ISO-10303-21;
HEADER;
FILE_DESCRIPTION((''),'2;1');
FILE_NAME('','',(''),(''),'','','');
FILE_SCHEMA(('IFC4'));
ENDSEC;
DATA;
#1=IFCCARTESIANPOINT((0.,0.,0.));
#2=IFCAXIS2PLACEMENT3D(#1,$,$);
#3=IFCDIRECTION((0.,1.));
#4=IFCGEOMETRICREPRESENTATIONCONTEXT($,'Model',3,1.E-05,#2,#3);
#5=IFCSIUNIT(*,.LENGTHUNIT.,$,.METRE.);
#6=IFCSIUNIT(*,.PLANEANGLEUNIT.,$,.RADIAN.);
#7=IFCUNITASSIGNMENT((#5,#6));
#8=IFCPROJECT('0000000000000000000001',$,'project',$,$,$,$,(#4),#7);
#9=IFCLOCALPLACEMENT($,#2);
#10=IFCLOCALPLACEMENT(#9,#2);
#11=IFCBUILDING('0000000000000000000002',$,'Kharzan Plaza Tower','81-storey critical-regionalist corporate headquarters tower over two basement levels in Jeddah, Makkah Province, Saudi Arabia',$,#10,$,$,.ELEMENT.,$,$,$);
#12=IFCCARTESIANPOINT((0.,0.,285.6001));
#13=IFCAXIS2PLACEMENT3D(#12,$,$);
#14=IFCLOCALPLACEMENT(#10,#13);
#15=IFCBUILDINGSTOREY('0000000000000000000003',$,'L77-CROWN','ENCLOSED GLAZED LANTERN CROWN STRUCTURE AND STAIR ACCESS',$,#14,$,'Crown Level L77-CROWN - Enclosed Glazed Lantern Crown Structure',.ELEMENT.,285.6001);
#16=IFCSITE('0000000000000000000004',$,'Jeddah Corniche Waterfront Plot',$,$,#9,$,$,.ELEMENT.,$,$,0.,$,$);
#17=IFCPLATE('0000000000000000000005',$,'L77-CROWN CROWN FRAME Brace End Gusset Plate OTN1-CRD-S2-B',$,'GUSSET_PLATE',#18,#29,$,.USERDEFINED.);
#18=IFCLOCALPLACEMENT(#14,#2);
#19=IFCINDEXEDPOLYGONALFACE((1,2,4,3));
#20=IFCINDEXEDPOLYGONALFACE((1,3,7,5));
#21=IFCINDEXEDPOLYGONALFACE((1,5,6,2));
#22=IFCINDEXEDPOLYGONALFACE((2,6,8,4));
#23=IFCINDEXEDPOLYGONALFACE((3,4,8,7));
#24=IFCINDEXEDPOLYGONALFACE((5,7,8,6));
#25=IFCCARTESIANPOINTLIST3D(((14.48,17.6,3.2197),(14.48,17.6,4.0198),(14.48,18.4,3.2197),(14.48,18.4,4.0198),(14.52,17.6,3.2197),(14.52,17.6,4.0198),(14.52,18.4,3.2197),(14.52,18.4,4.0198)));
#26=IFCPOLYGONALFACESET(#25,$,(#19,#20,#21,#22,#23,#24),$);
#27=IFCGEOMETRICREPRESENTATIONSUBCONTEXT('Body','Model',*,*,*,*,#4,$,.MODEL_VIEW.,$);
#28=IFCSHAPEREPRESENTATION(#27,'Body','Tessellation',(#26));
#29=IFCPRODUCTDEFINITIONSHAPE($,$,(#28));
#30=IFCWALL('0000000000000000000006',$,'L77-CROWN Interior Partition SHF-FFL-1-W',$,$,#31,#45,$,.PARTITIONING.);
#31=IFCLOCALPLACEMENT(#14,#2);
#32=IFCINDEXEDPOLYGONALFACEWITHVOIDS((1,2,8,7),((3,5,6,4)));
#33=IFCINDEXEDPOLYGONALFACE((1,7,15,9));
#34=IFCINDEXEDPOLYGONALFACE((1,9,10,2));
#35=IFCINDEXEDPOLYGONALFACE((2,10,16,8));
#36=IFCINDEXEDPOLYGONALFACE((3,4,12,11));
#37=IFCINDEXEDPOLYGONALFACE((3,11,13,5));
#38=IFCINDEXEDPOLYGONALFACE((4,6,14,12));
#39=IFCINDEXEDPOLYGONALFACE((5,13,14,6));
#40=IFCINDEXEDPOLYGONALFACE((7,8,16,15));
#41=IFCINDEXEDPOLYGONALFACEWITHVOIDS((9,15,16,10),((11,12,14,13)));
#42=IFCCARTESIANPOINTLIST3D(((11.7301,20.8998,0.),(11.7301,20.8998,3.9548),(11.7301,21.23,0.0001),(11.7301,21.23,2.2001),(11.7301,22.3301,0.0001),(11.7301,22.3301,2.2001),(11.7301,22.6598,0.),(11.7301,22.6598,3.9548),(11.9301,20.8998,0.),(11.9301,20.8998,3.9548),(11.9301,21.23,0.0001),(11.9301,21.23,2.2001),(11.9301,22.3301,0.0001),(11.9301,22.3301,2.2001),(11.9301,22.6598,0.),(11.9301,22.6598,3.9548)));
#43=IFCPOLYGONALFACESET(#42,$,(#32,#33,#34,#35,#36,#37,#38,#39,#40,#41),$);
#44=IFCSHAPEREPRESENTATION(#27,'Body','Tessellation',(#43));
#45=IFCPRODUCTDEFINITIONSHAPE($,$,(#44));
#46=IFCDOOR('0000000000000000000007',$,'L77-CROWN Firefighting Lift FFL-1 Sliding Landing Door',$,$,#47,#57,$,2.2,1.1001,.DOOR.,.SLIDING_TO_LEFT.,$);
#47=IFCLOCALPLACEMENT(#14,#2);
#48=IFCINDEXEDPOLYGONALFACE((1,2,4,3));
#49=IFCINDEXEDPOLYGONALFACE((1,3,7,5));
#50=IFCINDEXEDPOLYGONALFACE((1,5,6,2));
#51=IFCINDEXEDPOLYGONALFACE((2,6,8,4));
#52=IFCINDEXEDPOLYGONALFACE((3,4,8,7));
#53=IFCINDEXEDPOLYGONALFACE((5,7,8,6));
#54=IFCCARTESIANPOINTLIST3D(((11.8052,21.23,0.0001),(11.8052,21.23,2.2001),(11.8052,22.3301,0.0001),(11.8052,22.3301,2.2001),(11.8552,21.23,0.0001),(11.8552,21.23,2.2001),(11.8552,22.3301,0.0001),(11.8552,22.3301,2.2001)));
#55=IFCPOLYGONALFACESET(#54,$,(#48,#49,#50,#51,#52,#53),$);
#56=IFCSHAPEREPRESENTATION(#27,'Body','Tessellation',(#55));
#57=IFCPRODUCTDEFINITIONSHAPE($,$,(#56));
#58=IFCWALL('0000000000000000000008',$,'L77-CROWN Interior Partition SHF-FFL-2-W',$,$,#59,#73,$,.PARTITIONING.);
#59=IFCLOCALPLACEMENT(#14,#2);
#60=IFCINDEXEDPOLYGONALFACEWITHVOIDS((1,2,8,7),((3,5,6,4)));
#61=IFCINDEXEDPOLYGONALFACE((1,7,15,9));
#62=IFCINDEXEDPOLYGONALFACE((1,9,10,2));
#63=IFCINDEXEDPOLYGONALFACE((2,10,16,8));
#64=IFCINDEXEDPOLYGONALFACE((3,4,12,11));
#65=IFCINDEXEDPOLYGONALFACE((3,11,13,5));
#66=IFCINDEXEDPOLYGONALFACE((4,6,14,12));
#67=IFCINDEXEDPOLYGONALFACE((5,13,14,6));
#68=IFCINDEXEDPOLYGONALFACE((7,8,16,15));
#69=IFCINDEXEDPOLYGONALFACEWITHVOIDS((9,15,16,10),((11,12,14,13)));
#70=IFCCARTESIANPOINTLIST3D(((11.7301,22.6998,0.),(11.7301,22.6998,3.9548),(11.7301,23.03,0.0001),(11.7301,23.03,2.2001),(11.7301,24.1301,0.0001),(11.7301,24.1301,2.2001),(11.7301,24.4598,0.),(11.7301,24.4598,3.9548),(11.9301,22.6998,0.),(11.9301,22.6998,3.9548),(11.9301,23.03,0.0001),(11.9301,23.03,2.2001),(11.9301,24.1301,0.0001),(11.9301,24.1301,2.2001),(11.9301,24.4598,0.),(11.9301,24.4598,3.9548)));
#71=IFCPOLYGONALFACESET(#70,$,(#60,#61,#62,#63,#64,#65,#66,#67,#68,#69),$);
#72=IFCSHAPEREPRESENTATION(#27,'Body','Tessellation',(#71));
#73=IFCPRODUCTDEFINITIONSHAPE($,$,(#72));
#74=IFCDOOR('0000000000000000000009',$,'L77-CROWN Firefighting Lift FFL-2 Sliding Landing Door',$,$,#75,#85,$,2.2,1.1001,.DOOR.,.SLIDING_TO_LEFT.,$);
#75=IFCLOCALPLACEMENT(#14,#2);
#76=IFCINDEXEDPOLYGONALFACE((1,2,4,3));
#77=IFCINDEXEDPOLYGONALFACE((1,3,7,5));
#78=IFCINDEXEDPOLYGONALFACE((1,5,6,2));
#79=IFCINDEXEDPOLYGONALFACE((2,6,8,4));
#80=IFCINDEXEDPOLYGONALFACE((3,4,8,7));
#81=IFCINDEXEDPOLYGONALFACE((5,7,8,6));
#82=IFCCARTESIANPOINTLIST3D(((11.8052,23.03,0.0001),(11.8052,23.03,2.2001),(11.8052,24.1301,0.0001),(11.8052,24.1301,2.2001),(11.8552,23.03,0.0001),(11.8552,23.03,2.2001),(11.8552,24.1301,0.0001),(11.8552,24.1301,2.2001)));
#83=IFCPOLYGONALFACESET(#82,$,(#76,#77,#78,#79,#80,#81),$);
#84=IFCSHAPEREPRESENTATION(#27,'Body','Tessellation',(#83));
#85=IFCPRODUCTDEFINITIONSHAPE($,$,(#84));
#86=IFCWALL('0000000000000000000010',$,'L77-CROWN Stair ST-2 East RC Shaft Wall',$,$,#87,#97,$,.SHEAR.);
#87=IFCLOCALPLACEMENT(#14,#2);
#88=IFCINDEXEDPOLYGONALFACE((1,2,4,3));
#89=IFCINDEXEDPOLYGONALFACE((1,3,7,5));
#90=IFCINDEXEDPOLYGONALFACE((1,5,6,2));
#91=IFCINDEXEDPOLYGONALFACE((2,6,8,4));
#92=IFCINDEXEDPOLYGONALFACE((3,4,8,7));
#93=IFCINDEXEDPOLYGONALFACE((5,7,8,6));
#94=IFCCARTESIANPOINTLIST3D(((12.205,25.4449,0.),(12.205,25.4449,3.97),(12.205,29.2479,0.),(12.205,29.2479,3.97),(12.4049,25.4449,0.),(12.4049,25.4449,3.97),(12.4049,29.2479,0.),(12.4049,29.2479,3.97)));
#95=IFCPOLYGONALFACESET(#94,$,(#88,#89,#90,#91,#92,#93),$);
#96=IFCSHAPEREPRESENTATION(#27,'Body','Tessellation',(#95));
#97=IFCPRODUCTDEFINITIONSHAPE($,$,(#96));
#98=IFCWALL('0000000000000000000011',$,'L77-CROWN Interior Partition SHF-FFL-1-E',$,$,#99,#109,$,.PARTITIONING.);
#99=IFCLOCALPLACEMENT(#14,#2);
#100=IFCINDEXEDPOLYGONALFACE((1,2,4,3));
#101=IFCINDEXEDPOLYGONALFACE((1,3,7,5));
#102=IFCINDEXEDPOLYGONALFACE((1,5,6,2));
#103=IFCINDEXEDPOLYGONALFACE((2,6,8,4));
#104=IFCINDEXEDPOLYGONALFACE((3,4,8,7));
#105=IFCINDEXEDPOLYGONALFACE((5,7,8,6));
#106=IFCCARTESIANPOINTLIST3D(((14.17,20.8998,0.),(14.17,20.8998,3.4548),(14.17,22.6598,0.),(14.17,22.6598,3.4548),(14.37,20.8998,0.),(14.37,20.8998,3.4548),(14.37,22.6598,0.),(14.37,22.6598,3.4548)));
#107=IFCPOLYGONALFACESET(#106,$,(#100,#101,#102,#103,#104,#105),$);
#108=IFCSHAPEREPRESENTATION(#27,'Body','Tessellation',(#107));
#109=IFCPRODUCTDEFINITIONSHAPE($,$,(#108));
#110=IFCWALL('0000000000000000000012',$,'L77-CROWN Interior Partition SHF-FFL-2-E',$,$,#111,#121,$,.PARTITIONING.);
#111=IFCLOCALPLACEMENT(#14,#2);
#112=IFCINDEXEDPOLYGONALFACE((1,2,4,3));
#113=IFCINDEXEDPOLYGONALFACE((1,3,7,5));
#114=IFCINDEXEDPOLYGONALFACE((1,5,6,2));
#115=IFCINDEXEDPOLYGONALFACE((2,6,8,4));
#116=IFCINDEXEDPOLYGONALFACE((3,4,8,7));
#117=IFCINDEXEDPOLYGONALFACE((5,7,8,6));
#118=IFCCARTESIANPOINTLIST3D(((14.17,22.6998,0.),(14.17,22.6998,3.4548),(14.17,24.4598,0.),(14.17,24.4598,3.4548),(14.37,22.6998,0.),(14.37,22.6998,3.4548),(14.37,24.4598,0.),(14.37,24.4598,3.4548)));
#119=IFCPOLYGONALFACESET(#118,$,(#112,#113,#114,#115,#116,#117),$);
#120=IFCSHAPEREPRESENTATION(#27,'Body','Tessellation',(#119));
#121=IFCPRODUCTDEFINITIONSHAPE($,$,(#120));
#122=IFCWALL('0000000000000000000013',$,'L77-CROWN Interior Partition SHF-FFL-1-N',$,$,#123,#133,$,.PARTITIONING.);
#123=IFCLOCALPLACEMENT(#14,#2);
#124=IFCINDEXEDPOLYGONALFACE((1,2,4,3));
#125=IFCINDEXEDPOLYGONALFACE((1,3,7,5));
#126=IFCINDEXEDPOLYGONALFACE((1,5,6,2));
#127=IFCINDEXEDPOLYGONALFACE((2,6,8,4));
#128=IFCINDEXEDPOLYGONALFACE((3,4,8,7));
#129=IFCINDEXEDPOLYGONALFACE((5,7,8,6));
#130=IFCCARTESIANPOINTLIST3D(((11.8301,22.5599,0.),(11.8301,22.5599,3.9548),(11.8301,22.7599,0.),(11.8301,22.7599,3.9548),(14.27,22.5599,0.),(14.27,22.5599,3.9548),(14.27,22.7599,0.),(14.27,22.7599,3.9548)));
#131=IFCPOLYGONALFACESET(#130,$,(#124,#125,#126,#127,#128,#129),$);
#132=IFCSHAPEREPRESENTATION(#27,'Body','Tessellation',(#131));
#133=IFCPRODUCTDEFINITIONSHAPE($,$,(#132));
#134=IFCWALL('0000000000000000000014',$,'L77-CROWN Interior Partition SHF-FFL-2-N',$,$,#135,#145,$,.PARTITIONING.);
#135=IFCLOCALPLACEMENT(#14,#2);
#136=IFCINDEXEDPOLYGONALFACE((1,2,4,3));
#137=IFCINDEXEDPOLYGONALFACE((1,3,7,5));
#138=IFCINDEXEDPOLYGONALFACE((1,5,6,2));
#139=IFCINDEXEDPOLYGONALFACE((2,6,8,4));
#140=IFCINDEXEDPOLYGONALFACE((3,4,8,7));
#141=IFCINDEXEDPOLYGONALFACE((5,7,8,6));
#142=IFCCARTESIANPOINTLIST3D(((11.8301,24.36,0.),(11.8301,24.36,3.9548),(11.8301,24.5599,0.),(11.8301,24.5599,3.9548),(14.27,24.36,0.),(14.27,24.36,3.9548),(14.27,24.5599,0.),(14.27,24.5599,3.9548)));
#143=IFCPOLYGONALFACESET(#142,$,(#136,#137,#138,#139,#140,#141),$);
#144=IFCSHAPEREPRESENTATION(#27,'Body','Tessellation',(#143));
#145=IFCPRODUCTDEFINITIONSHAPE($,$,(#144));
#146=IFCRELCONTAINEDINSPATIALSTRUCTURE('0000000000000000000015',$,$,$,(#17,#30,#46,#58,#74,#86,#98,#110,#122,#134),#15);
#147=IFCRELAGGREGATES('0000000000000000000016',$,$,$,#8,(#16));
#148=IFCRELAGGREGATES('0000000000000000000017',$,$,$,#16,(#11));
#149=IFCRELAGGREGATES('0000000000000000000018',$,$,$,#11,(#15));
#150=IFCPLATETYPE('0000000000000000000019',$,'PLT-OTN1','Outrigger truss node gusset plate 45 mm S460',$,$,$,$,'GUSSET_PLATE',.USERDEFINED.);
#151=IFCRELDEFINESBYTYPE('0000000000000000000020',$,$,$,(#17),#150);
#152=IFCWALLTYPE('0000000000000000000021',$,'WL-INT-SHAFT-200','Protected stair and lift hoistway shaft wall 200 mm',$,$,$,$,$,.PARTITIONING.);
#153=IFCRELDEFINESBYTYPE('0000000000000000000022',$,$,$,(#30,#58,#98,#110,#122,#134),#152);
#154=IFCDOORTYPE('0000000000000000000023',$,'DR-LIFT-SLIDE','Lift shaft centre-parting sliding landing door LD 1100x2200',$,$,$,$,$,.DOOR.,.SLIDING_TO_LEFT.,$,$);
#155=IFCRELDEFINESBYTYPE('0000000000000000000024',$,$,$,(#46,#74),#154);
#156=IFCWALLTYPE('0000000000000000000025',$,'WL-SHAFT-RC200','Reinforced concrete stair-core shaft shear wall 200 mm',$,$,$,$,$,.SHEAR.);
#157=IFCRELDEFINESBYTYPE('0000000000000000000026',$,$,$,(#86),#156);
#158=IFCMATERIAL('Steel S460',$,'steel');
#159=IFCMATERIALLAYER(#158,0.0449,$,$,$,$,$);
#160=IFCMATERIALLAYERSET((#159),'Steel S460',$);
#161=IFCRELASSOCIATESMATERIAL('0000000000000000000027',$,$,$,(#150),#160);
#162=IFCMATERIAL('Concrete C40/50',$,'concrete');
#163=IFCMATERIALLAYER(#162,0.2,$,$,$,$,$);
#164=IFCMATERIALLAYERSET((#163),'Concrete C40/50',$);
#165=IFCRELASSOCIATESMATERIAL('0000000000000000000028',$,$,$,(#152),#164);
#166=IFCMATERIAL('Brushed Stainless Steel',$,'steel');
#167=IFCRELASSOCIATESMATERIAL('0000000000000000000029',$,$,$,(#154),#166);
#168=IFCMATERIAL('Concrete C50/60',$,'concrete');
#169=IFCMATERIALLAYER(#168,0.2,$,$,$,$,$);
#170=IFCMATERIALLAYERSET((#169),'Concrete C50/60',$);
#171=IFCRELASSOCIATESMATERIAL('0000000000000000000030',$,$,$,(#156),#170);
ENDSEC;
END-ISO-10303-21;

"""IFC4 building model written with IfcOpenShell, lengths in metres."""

from ifc_helpers import new_model, si_unit, direction, frame, frame_2d, origin, origin_2d, place, context, subcontext, project, spatial, rectangle, extrude, source, transform, mapped, material, layer, layer_set, type_object, element, fill, save


model = new_model("IFC4")

# Units and contexts
model_context = context("Model", 3, precision=1e-05, world=origin(), true_north=direction((0.0, 1.0)))
body_context = subcontext(model_context, "Body", "Model", "MODEL_VIEW")
ifc_project = project(units=[si_unit("LENGTHUNIT", "METRE"), si_unit("PLANEANGLEUNIT", "RADIAN")], contexts=[model_context])

# Site, building, storey
site_placement = place(None, origin())
site = spatial("IfcSite", under=ifc_project, at=site_placement, Name="Jeddah Corniche Waterfront Plot", CompositionType="ELEMENT", RefElevation=0.0)
building_placement = place(site_placement, origin())
building = spatial("IfcBuilding", under=site, at=building_placement, Name="Kharzan Plaza Tower", Description="81-storey critical-regionalist corporate headquarters tower over two basement levels in Jeddah, Makkah Province, Saudi Arabia", CompositionType="ELEMENT")
storey_placement = place(building_placement, frame((0.0, 0.0, 285.6001)))
storey = spatial("IfcBuildingStorey", under=building, at=storey_placement, Name="L77-CROWN", Description="ENCLOSED GLAZED LANTERN CROWN STRUCTURE AND STAIR ACCESS", LongName="Crown Level L77-CROWN - Enclosed Glazed Lantern Crown Structure", CompositionType="ELEMENT", Elevation=285.6001)

# Plate
ifc_material_1 = material(Name="Steel S460", Category="steel")
ifc_layer_1 = layer(ifc_material_1, 0.0449)
ifc_layer_set_1 = layer_set([ifc_layer_1], Name="Steel S460")
plate_type_1 = type_object("IfcPlateType", Name="PLT-OTN1", Description="Outrigger truss node gusset plate 45 mm S460", ElementType="GUSSET_PLATE", PredefinedType="USERDEFINED", material=ifc_layer_set_1)
shared_shape_1 = source(origin(), body_context, "Body", "SweptSolid", [
    extrude(rectangle(XDim=0.8, YDim=0.04, at=origin_2d()), origin(), (0.0, 0.0, 1.0), 0.8),
])
for number, where, z_axis, x_axis, name in (
    (1, (14.5, 18.0, 3.2197), (0.0, 0.0, 1.0), (0.0, 1.0, 0.0), "L77-CROWN CROWN FRAME Brace End Gusset Plate OTN1-CRD-S2-B"),
):
    element("IfcPlate", number, at=place(storey_placement, frame(where, z_axis=z_axis, x_axis=x_axis)), inside=storey, type_object=plate_type_1, Name=name, ObjectType="GUSSET_PLATE", PredefinedType="USERDEFINED", context=body_context, shape_type="MappedRepresentation", body=[
        mapped(shared_shape_1, transform((0.0, 0.0, 0.0), x_axis=(1.0, 0.0, 0.0), y_axis=(0.0, 1.0, 0.0), z_axis=(0.0, 0.0, 1.0))),
    ])

# Walls, openings, doors
ifc_material_2 = material(Name="Concrete C40/50", Category="concrete")
ifc_layer_2 = layer(ifc_material_2, 0.2)
ifc_layer_set_2 = layer_set([ifc_layer_2], Name="Concrete C40/50")
wall_type_1 = type_object("IfcWallType", Name="WL-INT-SHAFT-200", Description="Protected stair and lift hoistway shaft wall 200 mm", PredefinedType="PARTITIONING", material=ifc_layer_set_2)
wall_1_placement = place(storey_placement, frame((11.8301, 20.8999, 0.0), z_axis=(0.0, 0.0, 1.0), x_axis=(0.0, 1.0, 0.0)))
wall_1 = element("IfcWall", 2, at=wall_1_placement, inside=storey, type_object=wall_type_1, Name="L77-CROWN Interior Partition SHF-FFL-1-W", PredefinedType="PARTITIONING", context=body_context, shape_type="SweptSolid", body=[
    extrude(rectangle(XDim=1.76, YDim=0.2, at=frame_2d((0.8799, 0.0))), origin(), (0.0, 0.0, 1.0), 3.9548),
])
opening_1_placement = place(wall_1_placement, frame((0.3301, 0.0, 0.0)))
opening_1 = element("IfcOpeningElement", 3, at=opening_1_placement, cuts=wall_1, PredefinedType="OPENING", context=body_context, shape_type="SweptSolid", body=[
    extrude(rectangle(XDim=1.1001, YDim=2.2, at=frame_2d((0.55, 1.1001))), frame((0.0, 0.1099, 0.0), z_axis=(0.0, -1.0, 0.0), x_axis=(1.0, 0.0, 0.0)), (0.0, 0.0, 1.0), 0.22),
])
ifc_material_3 = material(Name="Brushed Stainless Steel", Category="steel")
door_type = type_object("IfcDoorType", Name="DR-LIFT-SLIDE", Description="Lift shaft centre-parting sliding landing door LD 1100x2200", OperationType="SLIDING_TO_LEFT", PredefinedType="DOOR", material=ifc_material_3)
shared_shape_2 = source(origin(), body_context, "Body", "SweptSolid", [
    extrude(rectangle(XDim=1.1001, YDim=2.2, at=frame_2d((0.55, 1.1001))), frame((0.0, 0.0249, 0.0), z_axis=(0.0, -1.0, 0.0), x_axis=(1.0, 0.0, 0.0)), (0.0, 0.0, 1.0), 0.05),
])
door_1_placement = place(opening_1_placement, origin())
door_1 = element("IfcDoor", 4, at=door_1_placement, inside=storey, type_object=door_type, Name="L77-CROWN Firefighting Lift FFL-1 Sliding Landing Door", OperationType="SLIDING_TO_LEFT", OverallHeight=2.2, OverallWidth=1.1001, PredefinedType="DOOR", context=body_context, shape_type="MappedRepresentation", body=[
    mapped(shared_shape_2, transform((0.0, 0.0, 0.0), x_axis=(1.0, 0.0, 0.0), y_axis=(0.0, 1.0, 0.0), z_axis=(0.0, 0.0, 1.0))),
])
fill(opening_1, door_1)
wall_2_placement = place(storey_placement, frame((11.8301, 22.7, 0.0), z_axis=(0.0, 0.0, 1.0), x_axis=(0.0, 1.0, 0.0)))
wall_2 = element("IfcWall", 5, at=wall_2_placement, inside=storey, type_object=wall_type_1, Name="L77-CROWN Interior Partition SHF-FFL-2-W", PredefinedType="PARTITIONING", context=body_context, shape_type="SweptSolid", body=[
    extrude(rectangle(XDim=1.76, YDim=0.2, at=frame_2d((0.8799, 0.0))), origin(), (0.0, 0.0, 1.0), 3.9548),
])
opening_2_placement = place(wall_2_placement, frame((0.3301, 0.0, 0.0)))
opening_2 = element("IfcOpeningElement", 6, at=opening_2_placement, cuts=wall_2, PredefinedType="OPENING", context=body_context, shape_type="SweptSolid", body=[
    extrude(rectangle(XDim=1.1001, YDim=2.2, at=frame_2d((0.55, 1.1001))), frame((0.0, 0.1099, 0.0), z_axis=(0.0, -1.0, 0.0), x_axis=(1.0, 0.0, 0.0)), (0.0, 0.0, 1.0), 0.22),
])
door_2_placement = place(opening_2_placement, origin())
door_2 = element("IfcDoor", 7, at=door_2_placement, inside=storey, type_object=door_type, Name="L77-CROWN Firefighting Lift FFL-2 Sliding Landing Door", OperationType="SLIDING_TO_LEFT", OverallHeight=2.2, OverallWidth=1.1001, PredefinedType="DOOR", context=body_context, shape_type="MappedRepresentation", body=[
    mapped(shared_shape_2, transform((0.0, 0.0, 0.0), x_axis=(1.0, 0.0, 0.0), y_axis=(0.0, 1.0, 0.0), z_axis=(0.0, 0.0, 1.0))),
])
fill(opening_2, door_2)

# Walls
ifc_material_4 = material(Name="Concrete C50/60", Category="concrete")
ifc_layer_3 = layer(ifc_material_4, 0.2)
ifc_layer_set_3 = layer_set([ifc_layer_3], Name="Concrete C50/60")
wall_type_2 = type_object("IfcWallType", Name="WL-SHAFT-RC200", Description="Reinforced concrete stair-core shaft shear wall 200 mm", PredefinedType="SHEAR", material=ifc_layer_set_3)
shared_shape_3 = source(origin(), body_context, "Body", "SweptSolid", [
    extrude(rectangle(XDim=3.803, YDim=0.2, at=frame_2d((1.9014, 0.0))), origin(), (0.0, 0.0, 1.0), 3.97),
])
wall_3_placement = place(storey_placement, frame((12.3049, 25.4451, 0.0), z_axis=(0.0, 0.0, 1.0), x_axis=(0.0, 1.0, 0.0)))
element("IfcWall", 8, at=wall_3_placement, inside=storey, type_object=wall_type_2, Name="L77-CROWN Stair ST-2 East RC Shaft Wall", PredefinedType="SHEAR", context=body_context, shape_type="MappedRepresentation", body=[
    mapped(shared_shape_3, transform((0.0, 0.0, 0.0), x_axis=(1.0, 0.0, 0.0), y_axis=(0.0, 1.0, 0.0), z_axis=(0.0, 0.0, 1.0))),
])
shared_shape_4 = source(origin(), body_context, "Body", "SweptSolid", [
    extrude(rectangle(XDim=1.76, YDim=0.2, at=frame_2d((0.8799, 0.0))), origin(), (0.0, 0.0, 1.0), 3.4548),
])
for number, where, z_axis, x_axis, name in (
    (9, (14.27, 20.8999, 0.0), (0.0, 0.0, 1.0), (0.0, 1.0, 0.0), "L77-CROWN Interior Partition SHF-FFL-1-E"),
    (10, (14.27, 22.7, 0.0), (0.0, 0.0, 1.0), (0.0, 1.0, 0.0), "L77-CROWN Interior Partition SHF-FFL-2-E"),
):
    element("IfcWall", number, at=place(storey_placement, frame(where, z_axis=z_axis, x_axis=x_axis)), inside=storey, type_object=wall_type_1, Name=name, PredefinedType="PARTITIONING", context=body_context, shape_type="MappedRepresentation", body=[
        mapped(shared_shape_4, transform((0.0, 0.0, 0.0), x_axis=(1.0, 0.0, 0.0), y_axis=(0.0, 1.0, 0.0), z_axis=(0.0, 0.0, 1.0))),
    ])
shared_shape_5 = source(origin(), body_context, "Body", "SweptSolid", [
    extrude(rectangle(XDim=2.4399, YDim=0.2, at=frame_2d((1.22, 0.0))), origin(), (0.0, 0.0, 1.0), 3.9548),
])
for number, where, z_axis, x_axis, name in (
    (11, (11.8301, 22.6599, 0.0), (0.0, 0.0, 1.0), (1.0, 0.0, 0.0), "L77-CROWN Interior Partition SHF-FFL-1-N"),
    (12, (11.8301, 24.46, 0.0), (0.0, 0.0, 1.0), (1.0, 0.0, 0.0), "L77-CROWN Interior Partition SHF-FFL-2-N"),
):
    element("IfcWall", number, at=place(storey_placement, frame(where, z_axis=z_axis, x_axis=x_axis)), inside=storey, type_object=wall_type_1, Name=name, PredefinedType="PARTITIONING", context=body_context, shape_type="MappedRepresentation", body=[
        mapped(shared_shape_5, transform((0.0, 0.0, 0.0), x_axis=(1.0, 0.0, 0.0), y_axis=(0.0, 1.0, 0.0), z_axis=(0.0, 0.0, 1.0))),
    ])

save(model, "model.ifc")
